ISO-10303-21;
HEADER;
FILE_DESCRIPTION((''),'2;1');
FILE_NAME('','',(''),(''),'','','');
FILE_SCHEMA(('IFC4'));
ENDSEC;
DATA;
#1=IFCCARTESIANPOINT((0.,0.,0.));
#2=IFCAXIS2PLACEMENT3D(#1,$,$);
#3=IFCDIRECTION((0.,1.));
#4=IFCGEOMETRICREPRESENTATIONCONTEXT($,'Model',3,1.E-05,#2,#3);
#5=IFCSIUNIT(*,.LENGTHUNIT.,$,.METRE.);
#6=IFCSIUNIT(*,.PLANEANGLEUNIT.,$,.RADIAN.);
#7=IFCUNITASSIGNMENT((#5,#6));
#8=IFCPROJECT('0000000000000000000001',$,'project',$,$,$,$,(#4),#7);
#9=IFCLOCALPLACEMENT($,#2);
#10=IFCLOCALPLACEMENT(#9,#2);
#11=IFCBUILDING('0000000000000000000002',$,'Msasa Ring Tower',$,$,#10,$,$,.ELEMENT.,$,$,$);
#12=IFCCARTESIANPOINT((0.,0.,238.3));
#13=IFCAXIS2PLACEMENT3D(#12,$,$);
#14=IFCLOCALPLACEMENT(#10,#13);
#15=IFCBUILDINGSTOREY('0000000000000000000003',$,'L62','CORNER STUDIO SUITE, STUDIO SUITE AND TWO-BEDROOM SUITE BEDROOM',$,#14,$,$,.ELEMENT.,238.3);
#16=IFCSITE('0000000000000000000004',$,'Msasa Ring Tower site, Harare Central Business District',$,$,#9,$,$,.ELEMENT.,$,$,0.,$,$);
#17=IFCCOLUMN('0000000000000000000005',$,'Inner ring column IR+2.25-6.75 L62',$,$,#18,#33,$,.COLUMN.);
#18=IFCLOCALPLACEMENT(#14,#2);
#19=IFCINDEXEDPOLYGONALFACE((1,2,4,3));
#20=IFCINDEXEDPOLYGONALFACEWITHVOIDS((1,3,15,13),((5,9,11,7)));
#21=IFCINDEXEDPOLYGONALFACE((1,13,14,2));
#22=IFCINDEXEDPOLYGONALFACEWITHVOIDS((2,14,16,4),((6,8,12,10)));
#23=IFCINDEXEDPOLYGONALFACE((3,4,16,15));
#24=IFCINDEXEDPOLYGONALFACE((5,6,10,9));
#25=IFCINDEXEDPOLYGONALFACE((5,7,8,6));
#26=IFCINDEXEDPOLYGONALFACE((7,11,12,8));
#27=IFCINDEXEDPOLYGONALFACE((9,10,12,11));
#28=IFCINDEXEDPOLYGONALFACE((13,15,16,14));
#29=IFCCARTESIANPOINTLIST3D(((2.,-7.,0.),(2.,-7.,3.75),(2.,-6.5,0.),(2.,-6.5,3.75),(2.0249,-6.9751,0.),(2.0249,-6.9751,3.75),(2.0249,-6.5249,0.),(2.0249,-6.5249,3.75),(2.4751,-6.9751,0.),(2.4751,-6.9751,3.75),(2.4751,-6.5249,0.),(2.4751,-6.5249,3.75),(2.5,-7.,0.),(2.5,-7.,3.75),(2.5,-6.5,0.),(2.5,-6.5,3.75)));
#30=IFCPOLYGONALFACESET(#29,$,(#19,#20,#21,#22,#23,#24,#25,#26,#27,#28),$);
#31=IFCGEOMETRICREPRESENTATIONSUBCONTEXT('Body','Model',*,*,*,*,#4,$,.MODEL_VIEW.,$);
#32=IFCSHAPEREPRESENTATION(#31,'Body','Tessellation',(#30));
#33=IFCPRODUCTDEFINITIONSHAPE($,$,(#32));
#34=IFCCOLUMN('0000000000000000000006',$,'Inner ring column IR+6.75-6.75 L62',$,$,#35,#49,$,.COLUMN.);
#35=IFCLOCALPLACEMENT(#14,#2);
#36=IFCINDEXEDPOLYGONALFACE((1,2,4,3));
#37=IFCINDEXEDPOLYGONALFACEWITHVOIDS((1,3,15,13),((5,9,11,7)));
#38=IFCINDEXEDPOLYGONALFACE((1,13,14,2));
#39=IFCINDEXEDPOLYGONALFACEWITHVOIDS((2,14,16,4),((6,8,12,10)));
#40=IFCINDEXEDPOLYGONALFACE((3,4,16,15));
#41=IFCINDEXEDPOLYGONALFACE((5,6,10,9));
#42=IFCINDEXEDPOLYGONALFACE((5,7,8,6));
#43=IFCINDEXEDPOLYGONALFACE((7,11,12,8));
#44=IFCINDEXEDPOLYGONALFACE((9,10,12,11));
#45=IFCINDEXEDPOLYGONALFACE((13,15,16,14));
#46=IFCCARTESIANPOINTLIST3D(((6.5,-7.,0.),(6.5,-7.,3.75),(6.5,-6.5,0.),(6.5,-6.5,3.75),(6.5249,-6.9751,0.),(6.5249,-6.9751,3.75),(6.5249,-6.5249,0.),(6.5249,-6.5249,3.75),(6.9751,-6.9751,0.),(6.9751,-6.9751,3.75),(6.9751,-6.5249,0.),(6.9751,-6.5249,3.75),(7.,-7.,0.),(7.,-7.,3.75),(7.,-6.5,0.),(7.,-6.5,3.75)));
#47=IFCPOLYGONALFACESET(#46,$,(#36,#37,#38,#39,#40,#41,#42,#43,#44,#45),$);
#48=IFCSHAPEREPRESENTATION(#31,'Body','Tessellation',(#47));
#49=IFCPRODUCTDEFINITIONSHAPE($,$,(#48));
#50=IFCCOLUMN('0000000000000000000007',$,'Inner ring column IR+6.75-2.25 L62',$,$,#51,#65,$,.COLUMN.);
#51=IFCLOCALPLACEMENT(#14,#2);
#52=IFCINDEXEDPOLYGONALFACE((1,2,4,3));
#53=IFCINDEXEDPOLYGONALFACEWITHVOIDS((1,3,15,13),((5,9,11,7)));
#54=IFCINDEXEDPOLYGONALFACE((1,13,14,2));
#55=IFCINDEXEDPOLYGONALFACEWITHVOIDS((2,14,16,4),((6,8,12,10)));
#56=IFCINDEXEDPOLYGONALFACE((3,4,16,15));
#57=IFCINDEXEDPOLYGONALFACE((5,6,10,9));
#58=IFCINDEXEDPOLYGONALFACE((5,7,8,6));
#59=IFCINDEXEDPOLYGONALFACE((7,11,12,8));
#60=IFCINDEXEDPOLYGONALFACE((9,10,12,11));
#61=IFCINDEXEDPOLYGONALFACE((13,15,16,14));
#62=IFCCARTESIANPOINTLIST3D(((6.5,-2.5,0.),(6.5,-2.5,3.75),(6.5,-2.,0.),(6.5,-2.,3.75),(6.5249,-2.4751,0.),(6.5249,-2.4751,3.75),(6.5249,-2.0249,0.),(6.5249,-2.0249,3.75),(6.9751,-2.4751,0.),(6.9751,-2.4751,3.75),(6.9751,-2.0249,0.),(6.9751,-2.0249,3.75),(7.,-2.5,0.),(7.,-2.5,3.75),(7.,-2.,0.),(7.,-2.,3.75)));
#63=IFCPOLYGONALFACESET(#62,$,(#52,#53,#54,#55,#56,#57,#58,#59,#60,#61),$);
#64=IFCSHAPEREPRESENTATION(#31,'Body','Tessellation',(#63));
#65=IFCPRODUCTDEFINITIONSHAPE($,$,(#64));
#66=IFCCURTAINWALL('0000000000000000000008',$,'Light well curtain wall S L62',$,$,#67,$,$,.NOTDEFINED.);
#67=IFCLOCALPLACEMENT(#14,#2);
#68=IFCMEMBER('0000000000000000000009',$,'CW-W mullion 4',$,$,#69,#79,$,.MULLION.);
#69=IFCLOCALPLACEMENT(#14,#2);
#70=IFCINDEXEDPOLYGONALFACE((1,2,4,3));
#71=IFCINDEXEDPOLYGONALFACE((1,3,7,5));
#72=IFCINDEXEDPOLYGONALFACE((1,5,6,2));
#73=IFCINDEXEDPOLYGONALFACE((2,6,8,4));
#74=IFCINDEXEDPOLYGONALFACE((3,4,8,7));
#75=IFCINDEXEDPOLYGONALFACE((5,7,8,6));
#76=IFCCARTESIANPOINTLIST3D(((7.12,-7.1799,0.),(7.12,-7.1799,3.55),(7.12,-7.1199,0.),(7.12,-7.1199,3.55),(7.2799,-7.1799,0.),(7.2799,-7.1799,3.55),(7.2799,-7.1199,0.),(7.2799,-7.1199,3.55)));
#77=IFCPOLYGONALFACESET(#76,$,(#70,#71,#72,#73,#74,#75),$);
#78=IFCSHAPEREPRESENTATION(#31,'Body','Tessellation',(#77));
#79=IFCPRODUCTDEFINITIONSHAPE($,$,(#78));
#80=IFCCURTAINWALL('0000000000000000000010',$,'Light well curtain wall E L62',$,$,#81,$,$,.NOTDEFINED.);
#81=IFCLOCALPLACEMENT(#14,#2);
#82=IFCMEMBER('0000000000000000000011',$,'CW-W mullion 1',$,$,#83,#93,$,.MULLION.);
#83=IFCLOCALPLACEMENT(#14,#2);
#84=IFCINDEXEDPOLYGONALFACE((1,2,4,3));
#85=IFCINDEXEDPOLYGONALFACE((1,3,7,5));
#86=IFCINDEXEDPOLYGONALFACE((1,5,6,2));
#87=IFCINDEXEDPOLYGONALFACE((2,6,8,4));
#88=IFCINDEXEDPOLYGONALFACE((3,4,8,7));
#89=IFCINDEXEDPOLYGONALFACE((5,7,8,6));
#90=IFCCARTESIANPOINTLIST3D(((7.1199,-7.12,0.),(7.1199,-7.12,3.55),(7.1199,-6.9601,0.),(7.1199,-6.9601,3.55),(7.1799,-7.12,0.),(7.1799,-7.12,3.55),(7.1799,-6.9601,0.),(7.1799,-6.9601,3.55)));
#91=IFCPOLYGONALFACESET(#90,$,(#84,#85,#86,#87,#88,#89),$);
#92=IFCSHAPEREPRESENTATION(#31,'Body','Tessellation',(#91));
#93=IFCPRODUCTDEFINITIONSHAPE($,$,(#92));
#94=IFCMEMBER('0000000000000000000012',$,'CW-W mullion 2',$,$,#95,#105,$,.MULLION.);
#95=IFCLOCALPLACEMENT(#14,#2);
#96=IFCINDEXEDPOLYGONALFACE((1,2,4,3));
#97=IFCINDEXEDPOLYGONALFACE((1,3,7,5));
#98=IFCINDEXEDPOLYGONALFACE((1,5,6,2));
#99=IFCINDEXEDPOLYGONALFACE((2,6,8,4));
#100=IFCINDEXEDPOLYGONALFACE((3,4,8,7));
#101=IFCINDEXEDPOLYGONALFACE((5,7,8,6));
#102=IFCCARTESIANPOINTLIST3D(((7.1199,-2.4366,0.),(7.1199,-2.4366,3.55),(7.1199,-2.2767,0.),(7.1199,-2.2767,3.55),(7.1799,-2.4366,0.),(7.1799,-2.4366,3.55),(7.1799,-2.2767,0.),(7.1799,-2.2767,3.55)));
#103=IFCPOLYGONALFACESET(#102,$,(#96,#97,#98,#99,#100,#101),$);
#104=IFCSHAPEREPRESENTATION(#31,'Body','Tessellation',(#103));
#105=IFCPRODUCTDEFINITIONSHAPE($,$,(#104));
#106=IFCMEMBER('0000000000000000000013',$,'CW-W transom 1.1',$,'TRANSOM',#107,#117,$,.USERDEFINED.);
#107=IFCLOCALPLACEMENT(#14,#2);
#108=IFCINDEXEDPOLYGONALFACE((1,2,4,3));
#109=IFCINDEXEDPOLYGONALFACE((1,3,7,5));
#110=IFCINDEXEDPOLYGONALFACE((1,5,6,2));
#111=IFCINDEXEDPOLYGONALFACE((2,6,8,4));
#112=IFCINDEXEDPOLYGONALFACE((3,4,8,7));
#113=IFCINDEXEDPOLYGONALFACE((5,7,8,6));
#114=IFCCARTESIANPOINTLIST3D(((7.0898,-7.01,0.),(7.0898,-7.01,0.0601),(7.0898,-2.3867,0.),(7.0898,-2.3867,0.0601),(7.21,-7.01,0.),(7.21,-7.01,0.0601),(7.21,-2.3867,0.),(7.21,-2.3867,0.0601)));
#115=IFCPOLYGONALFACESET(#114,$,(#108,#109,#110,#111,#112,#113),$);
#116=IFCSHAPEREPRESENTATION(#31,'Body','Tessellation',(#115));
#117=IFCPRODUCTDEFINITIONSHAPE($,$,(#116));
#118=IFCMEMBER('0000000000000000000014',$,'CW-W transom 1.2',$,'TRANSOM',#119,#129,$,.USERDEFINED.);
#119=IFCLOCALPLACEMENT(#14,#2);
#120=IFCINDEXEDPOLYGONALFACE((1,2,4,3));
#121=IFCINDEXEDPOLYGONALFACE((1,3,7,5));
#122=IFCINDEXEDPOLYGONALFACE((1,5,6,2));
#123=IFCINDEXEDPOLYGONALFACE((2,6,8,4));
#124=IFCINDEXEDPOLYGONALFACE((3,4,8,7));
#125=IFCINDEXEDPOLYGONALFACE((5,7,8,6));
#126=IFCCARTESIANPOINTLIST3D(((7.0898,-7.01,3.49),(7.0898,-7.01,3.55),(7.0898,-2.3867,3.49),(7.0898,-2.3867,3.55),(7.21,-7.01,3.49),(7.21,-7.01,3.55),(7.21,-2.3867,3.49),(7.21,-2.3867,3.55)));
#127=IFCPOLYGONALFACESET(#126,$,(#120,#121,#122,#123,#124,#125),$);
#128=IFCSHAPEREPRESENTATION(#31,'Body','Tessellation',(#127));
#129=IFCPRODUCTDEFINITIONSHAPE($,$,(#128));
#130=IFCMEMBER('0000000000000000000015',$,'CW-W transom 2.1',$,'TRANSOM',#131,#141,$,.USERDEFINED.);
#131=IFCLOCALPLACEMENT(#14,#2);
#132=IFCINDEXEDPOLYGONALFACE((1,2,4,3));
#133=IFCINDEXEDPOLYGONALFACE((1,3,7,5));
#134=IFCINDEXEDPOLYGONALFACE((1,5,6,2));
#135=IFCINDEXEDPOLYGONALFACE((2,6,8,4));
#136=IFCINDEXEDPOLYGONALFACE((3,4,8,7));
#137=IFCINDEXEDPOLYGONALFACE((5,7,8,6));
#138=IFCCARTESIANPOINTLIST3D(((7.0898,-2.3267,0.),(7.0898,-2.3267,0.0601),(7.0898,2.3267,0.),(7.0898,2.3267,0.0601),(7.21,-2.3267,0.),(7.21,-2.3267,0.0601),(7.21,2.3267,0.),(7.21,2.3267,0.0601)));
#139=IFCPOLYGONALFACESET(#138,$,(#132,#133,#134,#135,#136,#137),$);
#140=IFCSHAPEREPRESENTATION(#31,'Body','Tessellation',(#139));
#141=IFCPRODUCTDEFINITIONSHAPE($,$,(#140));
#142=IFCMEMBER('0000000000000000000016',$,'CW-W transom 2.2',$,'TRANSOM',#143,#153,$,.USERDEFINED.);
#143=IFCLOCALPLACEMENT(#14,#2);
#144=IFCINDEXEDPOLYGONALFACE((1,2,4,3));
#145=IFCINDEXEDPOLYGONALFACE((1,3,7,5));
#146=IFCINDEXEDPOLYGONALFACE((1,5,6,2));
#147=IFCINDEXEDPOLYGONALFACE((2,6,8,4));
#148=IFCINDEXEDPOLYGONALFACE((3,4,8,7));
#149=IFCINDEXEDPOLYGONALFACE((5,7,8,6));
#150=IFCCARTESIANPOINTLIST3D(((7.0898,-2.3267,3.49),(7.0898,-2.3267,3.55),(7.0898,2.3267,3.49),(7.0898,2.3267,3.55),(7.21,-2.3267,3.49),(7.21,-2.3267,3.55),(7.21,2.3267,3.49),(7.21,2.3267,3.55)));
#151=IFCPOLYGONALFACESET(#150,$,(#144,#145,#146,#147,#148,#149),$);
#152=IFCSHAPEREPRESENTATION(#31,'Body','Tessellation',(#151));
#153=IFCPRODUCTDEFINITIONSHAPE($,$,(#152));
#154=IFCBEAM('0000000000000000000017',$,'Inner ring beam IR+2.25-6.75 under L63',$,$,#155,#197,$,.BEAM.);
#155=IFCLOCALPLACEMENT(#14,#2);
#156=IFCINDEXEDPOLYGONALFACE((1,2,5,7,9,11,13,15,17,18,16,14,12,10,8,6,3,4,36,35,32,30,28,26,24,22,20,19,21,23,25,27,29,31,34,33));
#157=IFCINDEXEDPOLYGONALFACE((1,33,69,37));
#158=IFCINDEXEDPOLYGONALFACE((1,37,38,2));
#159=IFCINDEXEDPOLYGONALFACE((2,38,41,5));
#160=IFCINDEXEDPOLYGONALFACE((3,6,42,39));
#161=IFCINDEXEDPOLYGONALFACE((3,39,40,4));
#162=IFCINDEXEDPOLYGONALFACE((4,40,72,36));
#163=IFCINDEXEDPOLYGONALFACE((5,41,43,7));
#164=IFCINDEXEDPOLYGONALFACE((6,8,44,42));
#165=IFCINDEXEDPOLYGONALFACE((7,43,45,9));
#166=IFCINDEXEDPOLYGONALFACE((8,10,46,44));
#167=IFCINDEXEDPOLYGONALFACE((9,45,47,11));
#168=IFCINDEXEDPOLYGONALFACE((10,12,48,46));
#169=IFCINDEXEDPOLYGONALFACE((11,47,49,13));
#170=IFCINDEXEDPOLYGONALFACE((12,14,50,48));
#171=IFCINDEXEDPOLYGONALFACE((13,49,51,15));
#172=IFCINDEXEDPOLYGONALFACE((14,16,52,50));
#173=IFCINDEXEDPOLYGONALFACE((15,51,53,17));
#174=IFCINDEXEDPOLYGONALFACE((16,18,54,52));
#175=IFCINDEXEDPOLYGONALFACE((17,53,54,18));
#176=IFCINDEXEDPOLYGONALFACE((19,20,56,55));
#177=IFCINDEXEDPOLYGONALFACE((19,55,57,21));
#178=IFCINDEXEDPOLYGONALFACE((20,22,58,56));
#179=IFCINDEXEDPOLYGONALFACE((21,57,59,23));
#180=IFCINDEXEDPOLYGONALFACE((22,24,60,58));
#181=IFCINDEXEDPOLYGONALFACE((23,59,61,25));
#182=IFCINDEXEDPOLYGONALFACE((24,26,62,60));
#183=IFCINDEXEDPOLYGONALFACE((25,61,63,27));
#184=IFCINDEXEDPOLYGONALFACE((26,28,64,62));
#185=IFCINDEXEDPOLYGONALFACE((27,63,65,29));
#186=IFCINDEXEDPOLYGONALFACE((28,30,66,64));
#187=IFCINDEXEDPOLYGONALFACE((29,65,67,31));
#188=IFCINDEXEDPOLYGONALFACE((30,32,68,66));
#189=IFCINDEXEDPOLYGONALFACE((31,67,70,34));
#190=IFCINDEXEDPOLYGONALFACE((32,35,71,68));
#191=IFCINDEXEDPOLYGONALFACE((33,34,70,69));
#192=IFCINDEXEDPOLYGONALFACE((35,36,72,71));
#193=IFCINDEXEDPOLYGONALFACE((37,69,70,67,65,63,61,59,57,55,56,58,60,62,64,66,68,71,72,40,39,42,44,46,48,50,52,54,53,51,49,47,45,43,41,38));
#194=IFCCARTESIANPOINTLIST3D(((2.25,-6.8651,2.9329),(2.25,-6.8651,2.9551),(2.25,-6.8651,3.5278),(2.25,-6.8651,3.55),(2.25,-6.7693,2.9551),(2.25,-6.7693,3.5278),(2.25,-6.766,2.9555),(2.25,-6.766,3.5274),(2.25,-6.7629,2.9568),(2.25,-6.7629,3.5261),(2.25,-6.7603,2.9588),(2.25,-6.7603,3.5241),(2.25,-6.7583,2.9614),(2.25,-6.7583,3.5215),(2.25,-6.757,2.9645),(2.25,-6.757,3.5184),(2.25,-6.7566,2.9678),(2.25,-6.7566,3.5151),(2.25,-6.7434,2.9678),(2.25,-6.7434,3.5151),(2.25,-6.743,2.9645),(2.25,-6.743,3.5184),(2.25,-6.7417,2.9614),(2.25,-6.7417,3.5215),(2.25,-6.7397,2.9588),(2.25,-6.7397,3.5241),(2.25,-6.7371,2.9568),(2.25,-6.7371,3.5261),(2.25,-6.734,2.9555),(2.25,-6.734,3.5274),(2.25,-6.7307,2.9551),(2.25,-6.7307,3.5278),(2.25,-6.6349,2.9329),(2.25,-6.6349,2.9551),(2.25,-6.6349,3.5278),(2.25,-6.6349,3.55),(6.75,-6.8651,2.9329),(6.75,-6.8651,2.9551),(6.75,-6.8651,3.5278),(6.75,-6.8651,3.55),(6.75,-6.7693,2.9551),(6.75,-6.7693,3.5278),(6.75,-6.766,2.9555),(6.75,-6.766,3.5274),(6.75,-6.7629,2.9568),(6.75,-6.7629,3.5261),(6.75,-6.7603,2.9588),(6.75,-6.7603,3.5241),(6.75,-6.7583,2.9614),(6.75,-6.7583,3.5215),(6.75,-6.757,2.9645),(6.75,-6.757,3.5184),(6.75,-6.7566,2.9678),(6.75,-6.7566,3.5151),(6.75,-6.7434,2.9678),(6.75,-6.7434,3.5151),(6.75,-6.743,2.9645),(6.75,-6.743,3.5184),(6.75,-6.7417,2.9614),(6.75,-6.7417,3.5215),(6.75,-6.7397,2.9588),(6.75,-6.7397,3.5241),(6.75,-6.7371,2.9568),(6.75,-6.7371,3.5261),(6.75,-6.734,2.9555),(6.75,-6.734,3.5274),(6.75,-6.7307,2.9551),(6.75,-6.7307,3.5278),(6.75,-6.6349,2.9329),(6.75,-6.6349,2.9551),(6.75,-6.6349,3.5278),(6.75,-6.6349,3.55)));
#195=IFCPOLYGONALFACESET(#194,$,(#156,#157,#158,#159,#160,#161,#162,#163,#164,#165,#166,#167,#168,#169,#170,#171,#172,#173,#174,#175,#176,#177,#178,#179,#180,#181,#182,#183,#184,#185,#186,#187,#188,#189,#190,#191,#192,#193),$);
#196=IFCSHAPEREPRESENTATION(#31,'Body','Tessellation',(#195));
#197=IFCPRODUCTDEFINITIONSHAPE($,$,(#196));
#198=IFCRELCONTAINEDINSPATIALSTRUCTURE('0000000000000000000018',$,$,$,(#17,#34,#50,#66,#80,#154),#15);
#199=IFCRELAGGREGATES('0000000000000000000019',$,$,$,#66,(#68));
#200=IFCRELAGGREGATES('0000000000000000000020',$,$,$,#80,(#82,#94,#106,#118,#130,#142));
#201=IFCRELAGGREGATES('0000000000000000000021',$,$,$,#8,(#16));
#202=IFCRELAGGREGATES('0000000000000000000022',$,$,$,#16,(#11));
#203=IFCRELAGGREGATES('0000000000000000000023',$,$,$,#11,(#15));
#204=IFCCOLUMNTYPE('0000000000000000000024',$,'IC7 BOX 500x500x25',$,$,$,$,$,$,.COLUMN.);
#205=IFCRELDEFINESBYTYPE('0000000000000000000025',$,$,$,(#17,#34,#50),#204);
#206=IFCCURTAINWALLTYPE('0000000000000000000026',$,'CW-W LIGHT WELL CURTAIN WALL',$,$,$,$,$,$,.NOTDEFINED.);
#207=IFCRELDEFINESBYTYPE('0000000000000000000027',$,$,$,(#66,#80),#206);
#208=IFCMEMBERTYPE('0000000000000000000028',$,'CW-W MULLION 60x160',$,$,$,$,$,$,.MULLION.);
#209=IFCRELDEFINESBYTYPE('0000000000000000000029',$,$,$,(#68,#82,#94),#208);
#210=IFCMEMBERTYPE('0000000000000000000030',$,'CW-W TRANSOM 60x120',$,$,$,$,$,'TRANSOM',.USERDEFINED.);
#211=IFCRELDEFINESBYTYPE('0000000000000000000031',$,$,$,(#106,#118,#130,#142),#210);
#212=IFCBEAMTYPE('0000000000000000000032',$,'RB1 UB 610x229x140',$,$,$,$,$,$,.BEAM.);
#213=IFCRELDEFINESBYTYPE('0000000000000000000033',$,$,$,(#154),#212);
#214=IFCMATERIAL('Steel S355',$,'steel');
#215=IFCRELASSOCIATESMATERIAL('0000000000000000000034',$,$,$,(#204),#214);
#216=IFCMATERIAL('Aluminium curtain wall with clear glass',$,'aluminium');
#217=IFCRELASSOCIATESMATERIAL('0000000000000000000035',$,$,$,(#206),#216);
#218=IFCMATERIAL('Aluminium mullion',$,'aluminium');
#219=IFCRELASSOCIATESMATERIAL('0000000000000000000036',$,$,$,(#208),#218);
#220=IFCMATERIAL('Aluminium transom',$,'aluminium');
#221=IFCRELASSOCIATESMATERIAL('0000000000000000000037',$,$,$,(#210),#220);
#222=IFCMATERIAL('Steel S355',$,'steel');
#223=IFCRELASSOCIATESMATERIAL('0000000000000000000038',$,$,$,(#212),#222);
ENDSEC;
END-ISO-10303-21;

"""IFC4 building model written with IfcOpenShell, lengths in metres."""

from ifc_helpers import new_model, si_unit, direction, frame, origin, origin_2d, place, context, subcontext, project, spatial, rectangle, hollow_rectangle, i_section, extrude, material, material_profile, profile_set, type_object, element, aggregate, save


model = new_model("IFC4")

# Units and contexts
model_context = context("Model", 3, precision=1e-05, world=origin(), true_north=direction((0.0, 1.0)))
body_context = subcontext(model_context, "Body", "Model", "MODEL_VIEW")
ifc_project = project(units=[si_unit("LENGTHUNIT", "METRE"), si_unit("PLANEANGLEUNIT", "RADIAN")], contexts=[model_context])

# Site, building, storey
site_placement = place(None, origin())
site = spatial("IfcSite", under=ifc_project, at=site_placement, Name="Msasa Ring Tower site, Harare Central Business District", CompositionType="ELEMENT", RefElevation=0.0)
building_placement = place(site_placement, origin())
building = spatial("IfcBuilding", under=site, at=building_placement, Name="Msasa Ring Tower", CompositionType="ELEMENT")
storey_placement = place(building_placement, frame((0.0, 0.0, 238.3)))
storey = spatial("IfcBuildingStorey", under=building, at=storey_placement, Name="L62", Description="CORNER STUDIO SUITE, STUDIO SUITE AND TWO-BEDROOM SUITE BEDROOM", CompositionType="ELEMENT", Elevation=238.3)

# Columns
ifc_material_1 = material(Name="Steel S355", Category="steel")
ifc_material_profile_1 = material_profile(ifc_material_1, hollow_rectangle(XDim=0.5, YDim=0.5, WallThickness=0.0249, at=origin_2d()), Name="BOX 500x500x25")
ifc_profile_set_1 = profile_set([ifc_material_profile_1], Name="Steel S355")
column_type = type_object("IfcColumnType", Name="IC7 BOX 500x500x25", PredefinedType="COLUMN", material=ifc_profile_set_1)
for number, where, z_axis, x_axis, name in (
    (1, (2.25, -6.75, 0.0), (0.0, 0.0, 1.0), (1.0, 0.0, 0.0), "Inner ring column IR+2.25-6.75 L62"),
    (2, (6.75, -6.75, 0.0), (0.0, 0.0, 1.0), (1.0, 0.0, 0.0), "Inner ring column IR+6.75-6.75 L62"),
    (3, (6.75, -2.25, 0.0), (0.0, 0.0, 1.0), (1.0, 0.0, 0.0), "Inner ring column IR+6.75-2.25 L62"),
):
    element("IfcColumn", number, at=place(storey_placement, frame(where, z_axis=z_axis, x_axis=x_axis)), inside=storey, type_object=column_type, Name=name, PredefinedType="COLUMN", context=body_context, shape_type="SweptSolid", body=[
        extrude(hollow_rectangle(XDim=0.5, YDim=0.5, WallThickness=0.0249, at=origin_2d()), origin(), (0.0, 0.0, 1.0), 3.75),
    ])

# Curtain wall, member
ifc_material_2 = material(Name="Aluminium curtain wall with clear glass", Category="aluminium")
curtain_wall_type = type_object("IfcCurtainWallType", Name="CW-W LIGHT WELL CURTAIN WALL", PredefinedType="NOTDEFINED", material=ifc_material_2)
curtain_wall_1_placement = place(storey_placement, origin())
curtain_wall_1 = element("IfcCurtainWall", 4, at=curtain_wall_1_placement, inside=storey, type_object=curtain_wall_type, Name="Light well curtain wall S L62", PredefinedType="NOTDEFINED")
ifc_material_3 = material(Name="Aluminium mullion", Category="aluminium")
ifc_material_profile_2 = material_profile(ifc_material_3, rectangle(XDim=0.0601, YDim=0.1599, at=origin_2d()), Name="AL 60x160")
ifc_profile_set_2 = profile_set([ifc_material_profile_2], Name="Aluminium mullion")
member_type_1 = type_object("IfcMemberType", Name="CW-W MULLION 60x160", PredefinedType="MULLION", material=ifc_profile_set_2)
member_1_placement = place(storey_placement, frame((7.2, -7.1499, 0.0), z_axis=(0.0, 0.0, 1.0), x_axis=(0.0, 1.0, 0.0)))
member_1 = element("IfcMember", 5, at=member_1_placement, type_object=member_type_1, Name="CW-W mullion 4", PredefinedType="MULLION", context=body_context, shape_type="SweptSolid", body=[
    extrude(rectangle(XDim=0.0601, YDim=0.1599, at=origin_2d()), origin(), (0.0, 0.0, 1.0), 3.55),
])
aggregate(curtain_wall_1, [member_1])

# Curtain wall, members
curtain_wall_2_placement = place(storey_placement, origin())
curtain_wall_2 = element("IfcCurtainWall", 6, at=curtain_wall_2_placement, inside=storey, type_object=curtain_wall_type, Name="Light well curtain wall E L62", PredefinedType="NOTDEFINED")
member_2_placement = place(storey_placement, frame((7.1499, -7.04, 0.0), z_axis=(0.0, 0.0, 1.0), x_axis=(-1.0, 0.0, 0.0)))
member_2 = element("IfcMember", 7, at=member_2_placement, type_object=member_type_1, Name="CW-W mullion 1", PredefinedType="MULLION", context=body_context, shape_type="SweptSolid", body=[
    extrude(rectangle(XDim=0.0601, YDim=0.1599, at=origin_2d()), origin(), (0.0, 0.0, 1.0), 3.55),
])
member_3_placement = place(storey_placement, frame((7.1499, -2.3567, 0.0), z_axis=(0.0, 0.0, 1.0), x_axis=(-1.0, 0.0, 0.0)))
member_3 = element("IfcMember", 8, at=member_3_placement, type_object=member_type_1, Name="CW-W mullion 2", PredefinedType="MULLION", context=body_context, shape_type="SweptSolid", body=[
    extrude(rectangle(XDim=0.0601, YDim=0.1599, at=origin_2d()), origin(), (0.0, 0.0, 1.0), 3.55),
])
ifc_material_4 = material(Name="Aluminium transom", Category="aluminium")
ifc_material_profile_3 = material_profile(ifc_material_4, rectangle(XDim=0.1201, YDim=0.0601, at=origin_2d()), Name="AL 60x120")
ifc_profile_set_3 = profile_set([ifc_material_profile_3], Name="Aluminium transom")
member_type_2 = type_object("IfcMemberType", Name="CW-W TRANSOM 60x120", ElementType="TRANSOM", PredefinedType="USERDEFINED", material=ifc_profile_set_3)
member_4_placement = place(storey_placement, frame((7.1499, -7.01, 0.03), z_axis=(0.0, 1.0, 0.0), x_axis=(-1.0, 0.0, 0.0)))
member_4 = element("IfcMember", 9, at=member_4_placement, type_object=member_type_2, Name="CW-W transom 1.1", ObjectType="TRANSOM", PredefinedType="USERDEFINED", context=body_context, shape_type="SweptSolid", body=[
    extrude(rectangle(XDim=0.1201, YDim=0.0601, at=origin_2d()), origin(), (0.0, 0.0, 1.0), 4.6233),
])
member_5_placement = place(storey_placement, frame((7.1499, -7.01, 3.52), z_axis=(0.0, 1.0, 0.0), x_axis=(-1.0, 0.0, 0.0)))
member_5 = element("IfcMember", 10, at=member_5_placement, type_object=member_type_2, Name="CW-W transom 1.2", ObjectType="TRANSOM", PredefinedType="USERDEFINED", context=body_context, shape_type="SweptSolid", body=[
    extrude(rectangle(XDim=0.1201, YDim=0.0601, at=origin_2d()), origin(), (0.0, 0.0, 1.0), 4.6233),
])
member_6_placement = place(storey_placement, frame((7.1499, -2.3267, 0.03), z_axis=(0.0, 1.0, 0.0), x_axis=(-1.0, 0.0, 0.0)))
member_6 = element("IfcMember", 11, at=member_6_placement, type_object=member_type_2, Name="CW-W transom 2.1", ObjectType="TRANSOM", PredefinedType="USERDEFINED", context=body_context, shape_type="SweptSolid", body=[
    extrude(rectangle(XDim=0.1201, YDim=0.0601, at=origin_2d()), origin(), (0.0, 0.0, 1.0), 4.6533),
])
member_7_placement = place(storey_placement, frame((7.1499, -2.3267, 3.52), z_axis=(0.0, 1.0, 0.0), x_axis=(-1.0, 0.0, 0.0)))
member_7 = element("IfcMember", 12, at=member_7_placement, type_object=member_type_2, Name="CW-W transom 2.2", ObjectType="TRANSOM", PredefinedType="USERDEFINED", context=body_context, shape_type="SweptSolid", body=[
    extrude(rectangle(XDim=0.1201, YDim=0.0601, at=origin_2d()), origin(), (0.0, 0.0, 1.0), 4.6533),
])

# Beam
ifc_material_5 = material(Name="Steel S355", Category="steel")
ifc_material_profile_4 = material_profile(ifc_material_5, i_section(OverallWidth=0.2302, OverallDepth=0.6172, WebThickness=0.0132, FlangeThickness=0.0222, FilletRadius=0.0127, at=origin_2d()), Name="UB 610x229x140")
ifc_profile_set_4 = profile_set([ifc_material_profile_4], Name="Steel S355")
beam_type = type_object("IfcBeamType", Name="RB1 UB 610x229x140", PredefinedType="BEAM", material=ifc_profile_set_4)
for number, where, z_axis, x_axis, name in (
    (13, (2.25, -6.75, 3.2415), (1.0, 0.0, 0.0), (0.0, 1.0, 0.0), "Inner ring beam IR+2.25-6.75 under L63"),
):
    element("IfcBeam", number, at=place(storey_placement, frame(where, z_axis=z_axis, x_axis=x_axis)), inside=storey, type_object=beam_type, Name=name, PredefinedType="BEAM", context=body_context, shape_type="SweptSolid", body=[
        extrude(i_section(OverallWidth=0.2302, OverallDepth=0.6172, WebThickness=0.0132, FlangeThickness=0.0222, FilletRadius=0.0127, at=origin_2d()), origin(), (0.0, 0.0, 1.0), 4.5),
    ])

aggregate(curtain_wall_2, [member_2, member_3, member_4, member_5, member_6, member_7])

save(model, "model.ifc")
